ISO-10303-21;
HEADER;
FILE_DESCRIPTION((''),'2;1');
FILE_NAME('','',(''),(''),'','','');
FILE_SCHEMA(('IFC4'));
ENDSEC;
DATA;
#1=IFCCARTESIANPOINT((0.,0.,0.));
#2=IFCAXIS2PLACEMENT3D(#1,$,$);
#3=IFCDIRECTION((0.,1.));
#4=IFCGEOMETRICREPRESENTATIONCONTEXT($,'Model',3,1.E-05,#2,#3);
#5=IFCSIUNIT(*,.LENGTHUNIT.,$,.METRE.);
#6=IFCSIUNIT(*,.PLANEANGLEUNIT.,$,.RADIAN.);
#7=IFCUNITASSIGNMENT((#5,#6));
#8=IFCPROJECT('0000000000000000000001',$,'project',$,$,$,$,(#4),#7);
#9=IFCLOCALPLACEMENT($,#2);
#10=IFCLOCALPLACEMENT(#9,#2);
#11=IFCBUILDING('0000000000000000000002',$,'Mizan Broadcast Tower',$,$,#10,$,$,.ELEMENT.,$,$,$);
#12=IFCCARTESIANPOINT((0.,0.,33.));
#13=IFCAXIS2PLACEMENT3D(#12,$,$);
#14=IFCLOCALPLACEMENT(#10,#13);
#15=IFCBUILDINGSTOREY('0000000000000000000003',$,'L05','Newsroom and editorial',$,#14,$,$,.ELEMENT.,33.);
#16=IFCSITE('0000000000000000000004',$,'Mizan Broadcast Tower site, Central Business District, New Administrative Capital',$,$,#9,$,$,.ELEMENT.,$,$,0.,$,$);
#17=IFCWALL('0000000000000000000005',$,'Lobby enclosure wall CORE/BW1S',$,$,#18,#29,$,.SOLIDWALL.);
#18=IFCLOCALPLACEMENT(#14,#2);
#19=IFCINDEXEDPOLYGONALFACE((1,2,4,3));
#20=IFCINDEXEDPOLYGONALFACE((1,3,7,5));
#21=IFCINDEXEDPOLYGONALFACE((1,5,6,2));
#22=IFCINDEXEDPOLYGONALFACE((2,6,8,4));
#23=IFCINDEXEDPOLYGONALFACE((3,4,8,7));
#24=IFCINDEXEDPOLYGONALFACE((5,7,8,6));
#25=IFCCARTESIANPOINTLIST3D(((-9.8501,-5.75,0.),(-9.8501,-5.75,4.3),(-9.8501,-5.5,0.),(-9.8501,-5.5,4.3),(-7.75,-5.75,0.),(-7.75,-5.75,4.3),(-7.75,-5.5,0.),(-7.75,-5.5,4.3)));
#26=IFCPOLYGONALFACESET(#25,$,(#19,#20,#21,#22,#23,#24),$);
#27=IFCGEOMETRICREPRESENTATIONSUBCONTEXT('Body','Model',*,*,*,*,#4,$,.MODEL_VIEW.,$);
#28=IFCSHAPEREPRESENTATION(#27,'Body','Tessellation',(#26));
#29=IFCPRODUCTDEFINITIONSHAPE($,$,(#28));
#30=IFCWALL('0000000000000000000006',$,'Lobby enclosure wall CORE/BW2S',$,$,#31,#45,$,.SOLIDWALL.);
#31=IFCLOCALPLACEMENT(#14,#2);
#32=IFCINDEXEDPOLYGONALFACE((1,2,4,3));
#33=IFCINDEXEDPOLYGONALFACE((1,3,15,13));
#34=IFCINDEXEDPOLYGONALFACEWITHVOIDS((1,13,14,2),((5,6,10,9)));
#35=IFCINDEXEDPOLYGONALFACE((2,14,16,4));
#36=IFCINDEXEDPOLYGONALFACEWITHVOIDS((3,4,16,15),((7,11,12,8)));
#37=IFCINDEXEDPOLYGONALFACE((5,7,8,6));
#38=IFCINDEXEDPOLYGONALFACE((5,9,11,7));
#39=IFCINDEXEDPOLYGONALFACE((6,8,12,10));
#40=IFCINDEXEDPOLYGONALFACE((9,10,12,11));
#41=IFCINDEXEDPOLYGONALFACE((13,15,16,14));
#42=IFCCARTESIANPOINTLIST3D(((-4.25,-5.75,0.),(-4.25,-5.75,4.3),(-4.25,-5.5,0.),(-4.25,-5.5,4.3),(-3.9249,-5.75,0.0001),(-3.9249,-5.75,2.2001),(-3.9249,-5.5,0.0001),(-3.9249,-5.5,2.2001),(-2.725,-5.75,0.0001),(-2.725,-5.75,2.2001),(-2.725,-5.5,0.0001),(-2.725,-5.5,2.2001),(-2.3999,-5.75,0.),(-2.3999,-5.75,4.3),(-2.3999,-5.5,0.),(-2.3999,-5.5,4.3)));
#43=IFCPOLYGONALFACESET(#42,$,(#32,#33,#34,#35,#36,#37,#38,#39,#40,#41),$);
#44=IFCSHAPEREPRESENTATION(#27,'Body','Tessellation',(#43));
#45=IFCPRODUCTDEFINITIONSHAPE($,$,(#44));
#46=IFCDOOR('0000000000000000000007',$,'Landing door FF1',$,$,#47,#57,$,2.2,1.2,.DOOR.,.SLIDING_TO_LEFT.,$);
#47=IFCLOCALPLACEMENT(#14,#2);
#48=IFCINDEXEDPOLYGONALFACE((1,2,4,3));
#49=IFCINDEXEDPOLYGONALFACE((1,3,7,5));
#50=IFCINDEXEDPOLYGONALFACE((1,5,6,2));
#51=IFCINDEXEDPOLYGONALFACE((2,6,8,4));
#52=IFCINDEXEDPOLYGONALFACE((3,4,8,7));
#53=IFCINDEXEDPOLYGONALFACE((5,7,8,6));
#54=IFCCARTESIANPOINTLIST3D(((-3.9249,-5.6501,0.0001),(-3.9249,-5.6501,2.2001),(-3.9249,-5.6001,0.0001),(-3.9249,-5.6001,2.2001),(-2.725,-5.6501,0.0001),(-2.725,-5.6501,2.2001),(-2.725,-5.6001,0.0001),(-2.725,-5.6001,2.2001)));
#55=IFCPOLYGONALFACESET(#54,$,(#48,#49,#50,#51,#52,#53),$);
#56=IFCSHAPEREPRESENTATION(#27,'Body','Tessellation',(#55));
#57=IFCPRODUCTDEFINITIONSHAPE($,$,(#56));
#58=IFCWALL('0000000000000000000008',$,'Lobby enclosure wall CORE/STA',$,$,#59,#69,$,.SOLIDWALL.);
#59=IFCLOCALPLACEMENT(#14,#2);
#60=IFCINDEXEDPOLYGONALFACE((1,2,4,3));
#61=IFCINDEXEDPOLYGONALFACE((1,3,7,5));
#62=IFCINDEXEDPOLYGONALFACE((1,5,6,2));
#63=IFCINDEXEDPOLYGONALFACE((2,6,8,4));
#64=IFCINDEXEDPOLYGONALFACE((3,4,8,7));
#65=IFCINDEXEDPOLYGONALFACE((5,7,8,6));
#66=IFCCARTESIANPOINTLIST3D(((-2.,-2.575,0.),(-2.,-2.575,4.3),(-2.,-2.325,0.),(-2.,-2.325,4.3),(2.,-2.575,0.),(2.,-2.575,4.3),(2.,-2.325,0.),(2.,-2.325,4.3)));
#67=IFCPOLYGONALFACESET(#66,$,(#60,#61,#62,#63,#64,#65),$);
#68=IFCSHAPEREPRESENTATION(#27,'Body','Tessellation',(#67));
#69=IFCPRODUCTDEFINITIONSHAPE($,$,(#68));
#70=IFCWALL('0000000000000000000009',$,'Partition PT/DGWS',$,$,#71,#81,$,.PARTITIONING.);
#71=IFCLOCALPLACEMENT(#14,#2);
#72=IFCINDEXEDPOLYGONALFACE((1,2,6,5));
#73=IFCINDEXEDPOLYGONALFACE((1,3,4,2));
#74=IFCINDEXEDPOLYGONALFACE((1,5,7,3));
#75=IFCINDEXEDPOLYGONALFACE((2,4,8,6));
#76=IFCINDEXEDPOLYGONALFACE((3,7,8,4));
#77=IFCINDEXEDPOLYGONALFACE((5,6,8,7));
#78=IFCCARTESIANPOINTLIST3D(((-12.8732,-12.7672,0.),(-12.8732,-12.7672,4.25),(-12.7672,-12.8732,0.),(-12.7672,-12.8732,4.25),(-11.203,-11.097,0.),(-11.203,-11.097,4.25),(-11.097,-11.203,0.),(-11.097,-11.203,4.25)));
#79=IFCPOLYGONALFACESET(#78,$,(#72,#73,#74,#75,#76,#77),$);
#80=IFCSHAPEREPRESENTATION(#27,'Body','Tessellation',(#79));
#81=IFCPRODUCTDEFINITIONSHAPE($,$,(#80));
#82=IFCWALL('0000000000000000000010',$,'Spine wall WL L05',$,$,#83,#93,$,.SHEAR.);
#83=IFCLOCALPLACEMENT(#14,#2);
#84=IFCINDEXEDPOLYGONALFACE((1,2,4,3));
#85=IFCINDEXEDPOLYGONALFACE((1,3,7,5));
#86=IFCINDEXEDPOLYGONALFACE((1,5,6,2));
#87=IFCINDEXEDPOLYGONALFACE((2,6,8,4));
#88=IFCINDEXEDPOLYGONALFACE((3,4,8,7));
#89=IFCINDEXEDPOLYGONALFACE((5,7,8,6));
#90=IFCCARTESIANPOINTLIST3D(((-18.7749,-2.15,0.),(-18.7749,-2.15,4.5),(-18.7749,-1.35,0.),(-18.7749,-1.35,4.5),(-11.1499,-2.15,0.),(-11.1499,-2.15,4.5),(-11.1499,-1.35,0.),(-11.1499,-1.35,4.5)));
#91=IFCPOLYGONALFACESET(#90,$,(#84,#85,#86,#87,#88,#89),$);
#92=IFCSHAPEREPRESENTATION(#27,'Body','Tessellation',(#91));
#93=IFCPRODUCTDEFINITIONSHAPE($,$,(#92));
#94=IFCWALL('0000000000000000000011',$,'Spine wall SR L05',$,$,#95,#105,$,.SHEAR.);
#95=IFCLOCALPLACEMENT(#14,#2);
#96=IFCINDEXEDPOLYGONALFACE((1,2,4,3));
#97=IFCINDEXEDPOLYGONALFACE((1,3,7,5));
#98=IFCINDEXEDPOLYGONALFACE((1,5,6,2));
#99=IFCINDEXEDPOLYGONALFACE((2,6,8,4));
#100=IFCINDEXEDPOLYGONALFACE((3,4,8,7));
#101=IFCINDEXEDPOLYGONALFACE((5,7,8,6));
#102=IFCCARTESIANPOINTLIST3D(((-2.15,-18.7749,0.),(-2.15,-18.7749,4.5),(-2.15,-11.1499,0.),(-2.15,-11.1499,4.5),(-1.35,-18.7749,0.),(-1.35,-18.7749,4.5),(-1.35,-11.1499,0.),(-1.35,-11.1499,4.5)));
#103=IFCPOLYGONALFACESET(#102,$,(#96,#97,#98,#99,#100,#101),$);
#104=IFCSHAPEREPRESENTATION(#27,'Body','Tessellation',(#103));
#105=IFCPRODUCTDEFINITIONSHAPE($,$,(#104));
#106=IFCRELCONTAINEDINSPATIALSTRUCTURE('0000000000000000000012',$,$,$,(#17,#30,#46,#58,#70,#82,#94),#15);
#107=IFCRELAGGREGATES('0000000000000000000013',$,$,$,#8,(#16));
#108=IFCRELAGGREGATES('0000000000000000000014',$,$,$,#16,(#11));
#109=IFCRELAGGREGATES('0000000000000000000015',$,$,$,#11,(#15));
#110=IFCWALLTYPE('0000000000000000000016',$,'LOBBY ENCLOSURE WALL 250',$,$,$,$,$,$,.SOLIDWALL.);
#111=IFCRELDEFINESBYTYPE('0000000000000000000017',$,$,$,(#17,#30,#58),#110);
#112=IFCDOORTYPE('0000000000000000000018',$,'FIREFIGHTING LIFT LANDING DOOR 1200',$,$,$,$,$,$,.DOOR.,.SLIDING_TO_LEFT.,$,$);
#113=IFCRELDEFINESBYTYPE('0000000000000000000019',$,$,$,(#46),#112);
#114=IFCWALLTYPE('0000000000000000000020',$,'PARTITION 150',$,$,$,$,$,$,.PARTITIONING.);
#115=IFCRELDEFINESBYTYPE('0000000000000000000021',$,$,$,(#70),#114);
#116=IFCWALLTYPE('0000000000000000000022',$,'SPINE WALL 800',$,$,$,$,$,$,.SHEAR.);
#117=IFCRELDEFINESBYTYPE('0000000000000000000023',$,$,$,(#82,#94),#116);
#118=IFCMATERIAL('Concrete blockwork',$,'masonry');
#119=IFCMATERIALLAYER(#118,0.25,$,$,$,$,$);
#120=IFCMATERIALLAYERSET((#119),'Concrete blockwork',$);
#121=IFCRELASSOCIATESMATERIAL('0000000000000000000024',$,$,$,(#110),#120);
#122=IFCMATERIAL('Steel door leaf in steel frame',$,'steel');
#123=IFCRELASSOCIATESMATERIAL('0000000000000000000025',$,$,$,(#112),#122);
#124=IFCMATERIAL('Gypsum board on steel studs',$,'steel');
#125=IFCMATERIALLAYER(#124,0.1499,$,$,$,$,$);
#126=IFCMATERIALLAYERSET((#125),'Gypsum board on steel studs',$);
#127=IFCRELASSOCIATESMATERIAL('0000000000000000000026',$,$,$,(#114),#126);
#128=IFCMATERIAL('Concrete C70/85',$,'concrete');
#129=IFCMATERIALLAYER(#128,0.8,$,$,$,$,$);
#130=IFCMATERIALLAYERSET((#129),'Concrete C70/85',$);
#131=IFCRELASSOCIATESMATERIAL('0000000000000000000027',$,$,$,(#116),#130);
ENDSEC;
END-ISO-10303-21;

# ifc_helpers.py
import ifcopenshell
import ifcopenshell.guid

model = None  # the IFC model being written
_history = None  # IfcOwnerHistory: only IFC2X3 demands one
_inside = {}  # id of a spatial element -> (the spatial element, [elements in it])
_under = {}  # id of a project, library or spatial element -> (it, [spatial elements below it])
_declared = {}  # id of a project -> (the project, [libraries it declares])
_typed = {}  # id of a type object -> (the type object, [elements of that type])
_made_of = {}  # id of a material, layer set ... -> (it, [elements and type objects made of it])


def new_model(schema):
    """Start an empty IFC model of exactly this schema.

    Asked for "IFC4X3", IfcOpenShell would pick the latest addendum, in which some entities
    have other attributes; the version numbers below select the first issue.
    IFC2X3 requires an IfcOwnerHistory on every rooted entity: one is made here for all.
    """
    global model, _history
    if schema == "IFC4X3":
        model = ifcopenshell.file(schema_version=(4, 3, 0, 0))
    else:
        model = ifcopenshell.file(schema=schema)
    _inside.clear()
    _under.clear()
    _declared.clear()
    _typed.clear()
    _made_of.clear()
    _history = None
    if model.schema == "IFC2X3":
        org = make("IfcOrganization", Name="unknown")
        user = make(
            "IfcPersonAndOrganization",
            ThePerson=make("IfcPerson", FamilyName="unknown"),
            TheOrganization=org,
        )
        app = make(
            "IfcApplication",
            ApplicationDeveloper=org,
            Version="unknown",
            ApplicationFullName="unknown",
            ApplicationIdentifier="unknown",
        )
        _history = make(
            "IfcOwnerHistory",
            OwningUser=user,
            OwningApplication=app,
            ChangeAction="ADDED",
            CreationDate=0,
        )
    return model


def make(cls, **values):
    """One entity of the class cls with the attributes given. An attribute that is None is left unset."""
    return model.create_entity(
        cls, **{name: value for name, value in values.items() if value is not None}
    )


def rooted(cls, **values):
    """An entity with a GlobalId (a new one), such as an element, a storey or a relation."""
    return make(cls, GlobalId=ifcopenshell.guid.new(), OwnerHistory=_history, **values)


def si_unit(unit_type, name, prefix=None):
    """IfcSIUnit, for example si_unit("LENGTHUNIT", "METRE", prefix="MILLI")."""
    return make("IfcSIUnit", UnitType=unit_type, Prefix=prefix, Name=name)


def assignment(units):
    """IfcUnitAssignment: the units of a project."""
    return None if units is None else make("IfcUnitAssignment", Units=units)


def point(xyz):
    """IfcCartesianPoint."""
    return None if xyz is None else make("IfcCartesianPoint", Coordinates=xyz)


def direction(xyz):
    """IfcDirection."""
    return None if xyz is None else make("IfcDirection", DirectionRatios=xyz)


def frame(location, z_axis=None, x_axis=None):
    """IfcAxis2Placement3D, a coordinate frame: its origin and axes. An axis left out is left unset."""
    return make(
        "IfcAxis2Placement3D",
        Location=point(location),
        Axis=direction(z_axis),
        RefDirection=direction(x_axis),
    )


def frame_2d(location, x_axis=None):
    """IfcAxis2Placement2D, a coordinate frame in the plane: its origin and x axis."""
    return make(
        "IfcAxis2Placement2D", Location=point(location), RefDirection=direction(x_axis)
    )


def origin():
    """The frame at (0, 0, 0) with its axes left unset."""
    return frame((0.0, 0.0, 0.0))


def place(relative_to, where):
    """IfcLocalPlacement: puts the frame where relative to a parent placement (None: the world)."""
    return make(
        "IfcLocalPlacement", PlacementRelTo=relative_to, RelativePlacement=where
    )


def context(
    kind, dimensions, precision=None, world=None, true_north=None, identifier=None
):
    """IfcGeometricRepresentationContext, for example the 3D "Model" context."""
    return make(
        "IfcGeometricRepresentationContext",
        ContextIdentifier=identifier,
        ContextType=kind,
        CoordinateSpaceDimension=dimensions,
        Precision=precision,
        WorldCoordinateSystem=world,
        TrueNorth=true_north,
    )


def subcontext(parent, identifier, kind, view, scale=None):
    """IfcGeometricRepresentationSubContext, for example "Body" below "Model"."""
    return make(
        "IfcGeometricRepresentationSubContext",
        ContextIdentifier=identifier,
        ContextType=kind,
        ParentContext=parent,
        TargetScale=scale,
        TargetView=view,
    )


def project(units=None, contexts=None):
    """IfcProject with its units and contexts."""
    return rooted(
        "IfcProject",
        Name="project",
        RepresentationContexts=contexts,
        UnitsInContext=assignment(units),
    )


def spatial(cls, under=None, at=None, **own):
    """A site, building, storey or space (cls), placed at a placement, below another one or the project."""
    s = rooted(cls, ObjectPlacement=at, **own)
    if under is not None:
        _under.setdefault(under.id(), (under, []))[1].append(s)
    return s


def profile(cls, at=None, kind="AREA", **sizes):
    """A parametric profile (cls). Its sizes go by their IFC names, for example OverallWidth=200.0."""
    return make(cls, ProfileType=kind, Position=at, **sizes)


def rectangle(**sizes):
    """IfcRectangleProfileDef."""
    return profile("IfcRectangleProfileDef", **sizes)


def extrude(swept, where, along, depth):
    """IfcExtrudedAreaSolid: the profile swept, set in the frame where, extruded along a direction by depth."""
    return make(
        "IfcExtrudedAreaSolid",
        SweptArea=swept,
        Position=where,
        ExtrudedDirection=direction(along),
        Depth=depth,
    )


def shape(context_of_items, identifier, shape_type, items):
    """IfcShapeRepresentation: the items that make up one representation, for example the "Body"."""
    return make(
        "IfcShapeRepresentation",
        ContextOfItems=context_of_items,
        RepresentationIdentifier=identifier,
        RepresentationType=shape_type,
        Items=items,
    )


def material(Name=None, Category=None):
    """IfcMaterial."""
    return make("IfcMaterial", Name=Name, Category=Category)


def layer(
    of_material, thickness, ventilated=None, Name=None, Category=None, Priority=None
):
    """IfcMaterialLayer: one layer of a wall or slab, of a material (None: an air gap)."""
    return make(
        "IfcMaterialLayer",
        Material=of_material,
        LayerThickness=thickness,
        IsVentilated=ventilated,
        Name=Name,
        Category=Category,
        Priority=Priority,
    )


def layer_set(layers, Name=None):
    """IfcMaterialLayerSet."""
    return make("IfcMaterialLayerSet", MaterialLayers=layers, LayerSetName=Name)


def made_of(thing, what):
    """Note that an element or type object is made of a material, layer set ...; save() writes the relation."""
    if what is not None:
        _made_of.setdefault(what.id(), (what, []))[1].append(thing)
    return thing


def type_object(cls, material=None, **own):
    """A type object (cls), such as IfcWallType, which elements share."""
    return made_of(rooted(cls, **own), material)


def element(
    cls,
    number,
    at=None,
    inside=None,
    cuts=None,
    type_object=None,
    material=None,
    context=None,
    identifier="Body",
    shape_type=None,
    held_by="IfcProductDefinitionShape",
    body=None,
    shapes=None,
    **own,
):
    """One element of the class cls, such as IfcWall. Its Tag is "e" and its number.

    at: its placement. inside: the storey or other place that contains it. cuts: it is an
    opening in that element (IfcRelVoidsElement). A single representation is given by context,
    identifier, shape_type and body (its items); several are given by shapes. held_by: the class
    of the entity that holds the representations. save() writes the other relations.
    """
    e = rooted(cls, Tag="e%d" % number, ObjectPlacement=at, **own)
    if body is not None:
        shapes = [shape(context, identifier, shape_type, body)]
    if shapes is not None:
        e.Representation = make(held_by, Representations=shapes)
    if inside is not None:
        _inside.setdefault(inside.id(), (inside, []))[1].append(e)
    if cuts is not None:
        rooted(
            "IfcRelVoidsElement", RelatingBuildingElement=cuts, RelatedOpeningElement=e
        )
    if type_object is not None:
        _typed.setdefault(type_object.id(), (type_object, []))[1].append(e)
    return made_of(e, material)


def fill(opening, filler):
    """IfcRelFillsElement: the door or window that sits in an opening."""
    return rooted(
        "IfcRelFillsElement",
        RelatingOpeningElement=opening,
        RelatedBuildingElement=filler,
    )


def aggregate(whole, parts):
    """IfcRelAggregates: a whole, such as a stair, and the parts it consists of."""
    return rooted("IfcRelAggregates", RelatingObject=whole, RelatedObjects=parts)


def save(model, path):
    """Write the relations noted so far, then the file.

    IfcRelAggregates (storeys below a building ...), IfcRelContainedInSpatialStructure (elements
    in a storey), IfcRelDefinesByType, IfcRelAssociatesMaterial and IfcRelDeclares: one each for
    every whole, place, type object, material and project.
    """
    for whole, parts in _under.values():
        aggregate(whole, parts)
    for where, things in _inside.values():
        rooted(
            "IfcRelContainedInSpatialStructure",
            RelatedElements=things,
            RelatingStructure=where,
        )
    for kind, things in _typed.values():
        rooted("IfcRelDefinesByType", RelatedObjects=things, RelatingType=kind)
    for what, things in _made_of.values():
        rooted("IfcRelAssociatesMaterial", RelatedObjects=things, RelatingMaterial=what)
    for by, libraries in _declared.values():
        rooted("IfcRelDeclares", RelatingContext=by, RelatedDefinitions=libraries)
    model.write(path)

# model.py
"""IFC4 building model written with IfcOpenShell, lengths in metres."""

from ifc_helpers import new_model, si_unit, direction, frame, frame_2d, origin, place, context, subcontext, project, spatial, rectangle, extrude, material, layer, layer_set, type_object, element, fill, save


model = new_model("IFC4")

# Units and contexts
model_context = context("Model", 3, precision=1e-05, world=origin(), true_north=direction((0.0, 1.0)))
body_context = subcontext(model_context, "Body", "Model", "MODEL_VIEW")
ifc_project = project(units=[si_unit("LENGTHUNIT", "METRE"), si_unit("PLANEANGLEUNIT", "RADIAN")], contexts=[model_context])

# Site, building, storey
site_placement = place(None, origin())
site = spatial("IfcSite", under=ifc_project, at=site_placement, Name="Mizan Broadcast Tower site, Central Business District, New Administrative Capital", CompositionType="ELEMENT", RefElevation=0.0)
building_placement = place(site_placement, origin())
building = spatial("IfcBuilding", under=site, at=building_placement, Name="Mizan Broadcast Tower", CompositionType="ELEMENT")
storey_placement = place(building_placement, frame((0.0, 0.0, 33.0)))
storey = spatial("IfcBuildingStorey", under=building, at=storey_placement, Name="L05", Description="Newsroom and editorial", CompositionType="ELEMENT", Elevation=33.0)

# Wall
ifc_material_1 = material(Name="Concrete blockwork", Category="masonry")
ifc_layer_1 = layer(ifc_material_1, 0.25)
ifc_layer_set_1 = layer_set([ifc_layer_1], Name="Concrete blockwork")
wall_type_1 = type_object("IfcWallType", Name="LOBBY ENCLOSURE WALL 250", PredefinedType="SOLIDWALL", material=ifc_layer_set_1)
wall_1_placement = place(storey_placement, frame((-9.8501, -5.625, 0.0), z_axis=(0.0, 0.0, 1.0), x_axis=(1.0, 0.0, 0.0)))
element("IfcWall", 1, at=wall_1_placement, inside=storey, type_object=wall_type_1, Name="Lobby enclosure wall CORE/BW1S", PredefinedType="SOLIDWALL", context=body_context, shape_type="SweptSolid", body=[
    extrude(rectangle(XDim=2.1001, YDim=0.25, at=frame_2d((1.05, 0.0))), origin(), (0.0, 0.0, 1.0), 4.3),
])

# Wall, opening, door
wall_2_placement = place(storey_placement, frame((-4.25, -5.625, 0.0), z_axis=(0.0, 0.0, 1.0), x_axis=(1.0, 0.0, 0.0)))
wall_2 = element("IfcWall", 2, at=wall_2_placement, inside=storey, type_object=wall_type_1, Name="Lobby enclosure wall CORE/BW2S", PredefinedType="SOLIDWALL", context=body_context, shape_type="SweptSolid", body=[
    extrude(rectangle(XDim=1.8501, YDim=0.25, at=frame_2d((0.925, 0.0))), origin(), (0.0, 0.0, 1.0), 4.3),
])
opening_1_placement = place(wall_2_placement, frame((0.325, 0.0, 0.0)))
opening_1 = element("IfcOpeningElement", 3, at=opening_1_placement, cuts=wall_2, PredefinedType="OPENING", context=body_context, shape_type="SweptSolid", body=[
    extrude(rectangle(XDim=1.2, YDim=2.2, at=frame_2d((0.6001, 1.1001))), frame((0.0, 0.135, 0.0), z_axis=(0.0, -1.0, 0.0), x_axis=(1.0, 0.0, 0.0)), (0.0, 0.0, 1.0), 0.27),
])
ifc_material_2 = material(Name="Steel door leaf in steel frame", Category="steel")
door_type_1 = type_object("IfcDoorType", Name="FIREFIGHTING LIFT LANDING DOOR 1200", OperationType="SLIDING_TO_LEFT", PredefinedType="DOOR", material=ifc_material_2)
door_1_placement = place(opening_1_placement, origin())
door_1 = element("IfcDoor", 4, at=door_1_placement, inside=storey, type_object=door_type_1, Name="Landing door FF1", OperationType="SLIDING_TO_LEFT", OverallHeight=2.2, OverallWidth=1.2, PredefinedType="DOOR", context=body_context, shape_type="SweptSolid", body=[
    extrude(rectangle(XDim=1.2, YDim=2.2, at=frame_2d((0.6001, 1.1001))), frame((0.0, 0.0249, 0.0), z_axis=(0.0, -1.0, 0.0), x_axis=(1.0, 0.0, 0.0)), (0.0, 0.0, 1.0), 0.05),
])
fill(opening_1, door_1)

# Walls
wall_3_placement = place(storey_placement, frame((-2.0, -2.45, 0.0), z_axis=(0.0, 0.0, 1.0), x_axis=(1.0, 0.0, 0.0)))
element("IfcWall", 5, at=wall_3_placement, inside=storey, type_object=wall_type_1, Name="Lobby enclosure wall CORE/STA", PredefinedType="SOLIDWALL", context=body_context, shape_type="SweptSolid", body=[
    extrude(rectangle(XDim=4.0, YDim=0.25, at=frame_2d((2.0, 0.0))), origin(), (0.0, 0.0, 1.0), 4.3),
])
ifc_material_3 = material(Name="Gypsum board on steel studs", Category="steel")
ifc_layer_2 = layer(ifc_material_3, 0.1499)
ifc_layer_set_2 = layer_set([ifc_layer_2], Name="Gypsum board on steel studs")
wall_type_2 = type_object("IfcWallType", Name="PARTITION 150", PredefinedType="PARTITIONING", material=ifc_layer_set_2)
wall_4_placement = place(storey_placement, frame((-11.1499, -11.1499, 0.0), z_axis=(0.0, 0.0, 1.0), x_axis=(-0.707107, -0.707107, 0.0)))
element("IfcWall", 6, at=wall_4_placement, inside=storey, type_object=wall_type_2, Name="Partition PT/DGWS", PredefinedType="PARTITIONING", context=body_context, shape_type="SweptSolid", body=[
    extrude(rectangle(XDim=2.3621, YDim=0.1499, at=frame_2d((1.1812, 0.0))), origin(), (0.0, 0.0, 1.0), 4.25),
])
ifc_material_4 = material(Name="Concrete C70/85", Category="concrete")
ifc_layer_3 = layer(ifc_material_4, 0.8)
ifc_layer_set_3 = layer_set([ifc_layer_3], Name="Concrete C70/85")
wall_type_3 = type_object("IfcWallType", Name="SPINE WALL 800", PredefinedType="SHEAR", material=ifc_layer_set_3)
for number, where, z_axis, x_axis, name in (
    (7, (-11.1499, -1.75, 0.0), (0.0, 0.0, 1.0), (-1.0, 0.0, 0.0), "Spine wall WL L05"),
    (8, (-1.75, -11.1499, 0.0), (0.0, 0.0, 1.0), (0.0, -1.0, 0.0), "Spine wall SR L05"),
):
    element("IfcWall", number, at=place(storey_placement, frame(where, z_axis=z_axis, x_axis=x_axis)), inside=storey, type_object=wall_type_3, Name=name, PredefinedType="SHEAR", context=body_context, shape_type="SweptSolid", body=[
        extrude(rectangle(XDim=7.625, YDim=0.8, at=frame_2d((3.8125, 0.0))), origin(), (0.0, 0.0, 1.0), 4.5),
    ])

save(model, "model.ifc")
